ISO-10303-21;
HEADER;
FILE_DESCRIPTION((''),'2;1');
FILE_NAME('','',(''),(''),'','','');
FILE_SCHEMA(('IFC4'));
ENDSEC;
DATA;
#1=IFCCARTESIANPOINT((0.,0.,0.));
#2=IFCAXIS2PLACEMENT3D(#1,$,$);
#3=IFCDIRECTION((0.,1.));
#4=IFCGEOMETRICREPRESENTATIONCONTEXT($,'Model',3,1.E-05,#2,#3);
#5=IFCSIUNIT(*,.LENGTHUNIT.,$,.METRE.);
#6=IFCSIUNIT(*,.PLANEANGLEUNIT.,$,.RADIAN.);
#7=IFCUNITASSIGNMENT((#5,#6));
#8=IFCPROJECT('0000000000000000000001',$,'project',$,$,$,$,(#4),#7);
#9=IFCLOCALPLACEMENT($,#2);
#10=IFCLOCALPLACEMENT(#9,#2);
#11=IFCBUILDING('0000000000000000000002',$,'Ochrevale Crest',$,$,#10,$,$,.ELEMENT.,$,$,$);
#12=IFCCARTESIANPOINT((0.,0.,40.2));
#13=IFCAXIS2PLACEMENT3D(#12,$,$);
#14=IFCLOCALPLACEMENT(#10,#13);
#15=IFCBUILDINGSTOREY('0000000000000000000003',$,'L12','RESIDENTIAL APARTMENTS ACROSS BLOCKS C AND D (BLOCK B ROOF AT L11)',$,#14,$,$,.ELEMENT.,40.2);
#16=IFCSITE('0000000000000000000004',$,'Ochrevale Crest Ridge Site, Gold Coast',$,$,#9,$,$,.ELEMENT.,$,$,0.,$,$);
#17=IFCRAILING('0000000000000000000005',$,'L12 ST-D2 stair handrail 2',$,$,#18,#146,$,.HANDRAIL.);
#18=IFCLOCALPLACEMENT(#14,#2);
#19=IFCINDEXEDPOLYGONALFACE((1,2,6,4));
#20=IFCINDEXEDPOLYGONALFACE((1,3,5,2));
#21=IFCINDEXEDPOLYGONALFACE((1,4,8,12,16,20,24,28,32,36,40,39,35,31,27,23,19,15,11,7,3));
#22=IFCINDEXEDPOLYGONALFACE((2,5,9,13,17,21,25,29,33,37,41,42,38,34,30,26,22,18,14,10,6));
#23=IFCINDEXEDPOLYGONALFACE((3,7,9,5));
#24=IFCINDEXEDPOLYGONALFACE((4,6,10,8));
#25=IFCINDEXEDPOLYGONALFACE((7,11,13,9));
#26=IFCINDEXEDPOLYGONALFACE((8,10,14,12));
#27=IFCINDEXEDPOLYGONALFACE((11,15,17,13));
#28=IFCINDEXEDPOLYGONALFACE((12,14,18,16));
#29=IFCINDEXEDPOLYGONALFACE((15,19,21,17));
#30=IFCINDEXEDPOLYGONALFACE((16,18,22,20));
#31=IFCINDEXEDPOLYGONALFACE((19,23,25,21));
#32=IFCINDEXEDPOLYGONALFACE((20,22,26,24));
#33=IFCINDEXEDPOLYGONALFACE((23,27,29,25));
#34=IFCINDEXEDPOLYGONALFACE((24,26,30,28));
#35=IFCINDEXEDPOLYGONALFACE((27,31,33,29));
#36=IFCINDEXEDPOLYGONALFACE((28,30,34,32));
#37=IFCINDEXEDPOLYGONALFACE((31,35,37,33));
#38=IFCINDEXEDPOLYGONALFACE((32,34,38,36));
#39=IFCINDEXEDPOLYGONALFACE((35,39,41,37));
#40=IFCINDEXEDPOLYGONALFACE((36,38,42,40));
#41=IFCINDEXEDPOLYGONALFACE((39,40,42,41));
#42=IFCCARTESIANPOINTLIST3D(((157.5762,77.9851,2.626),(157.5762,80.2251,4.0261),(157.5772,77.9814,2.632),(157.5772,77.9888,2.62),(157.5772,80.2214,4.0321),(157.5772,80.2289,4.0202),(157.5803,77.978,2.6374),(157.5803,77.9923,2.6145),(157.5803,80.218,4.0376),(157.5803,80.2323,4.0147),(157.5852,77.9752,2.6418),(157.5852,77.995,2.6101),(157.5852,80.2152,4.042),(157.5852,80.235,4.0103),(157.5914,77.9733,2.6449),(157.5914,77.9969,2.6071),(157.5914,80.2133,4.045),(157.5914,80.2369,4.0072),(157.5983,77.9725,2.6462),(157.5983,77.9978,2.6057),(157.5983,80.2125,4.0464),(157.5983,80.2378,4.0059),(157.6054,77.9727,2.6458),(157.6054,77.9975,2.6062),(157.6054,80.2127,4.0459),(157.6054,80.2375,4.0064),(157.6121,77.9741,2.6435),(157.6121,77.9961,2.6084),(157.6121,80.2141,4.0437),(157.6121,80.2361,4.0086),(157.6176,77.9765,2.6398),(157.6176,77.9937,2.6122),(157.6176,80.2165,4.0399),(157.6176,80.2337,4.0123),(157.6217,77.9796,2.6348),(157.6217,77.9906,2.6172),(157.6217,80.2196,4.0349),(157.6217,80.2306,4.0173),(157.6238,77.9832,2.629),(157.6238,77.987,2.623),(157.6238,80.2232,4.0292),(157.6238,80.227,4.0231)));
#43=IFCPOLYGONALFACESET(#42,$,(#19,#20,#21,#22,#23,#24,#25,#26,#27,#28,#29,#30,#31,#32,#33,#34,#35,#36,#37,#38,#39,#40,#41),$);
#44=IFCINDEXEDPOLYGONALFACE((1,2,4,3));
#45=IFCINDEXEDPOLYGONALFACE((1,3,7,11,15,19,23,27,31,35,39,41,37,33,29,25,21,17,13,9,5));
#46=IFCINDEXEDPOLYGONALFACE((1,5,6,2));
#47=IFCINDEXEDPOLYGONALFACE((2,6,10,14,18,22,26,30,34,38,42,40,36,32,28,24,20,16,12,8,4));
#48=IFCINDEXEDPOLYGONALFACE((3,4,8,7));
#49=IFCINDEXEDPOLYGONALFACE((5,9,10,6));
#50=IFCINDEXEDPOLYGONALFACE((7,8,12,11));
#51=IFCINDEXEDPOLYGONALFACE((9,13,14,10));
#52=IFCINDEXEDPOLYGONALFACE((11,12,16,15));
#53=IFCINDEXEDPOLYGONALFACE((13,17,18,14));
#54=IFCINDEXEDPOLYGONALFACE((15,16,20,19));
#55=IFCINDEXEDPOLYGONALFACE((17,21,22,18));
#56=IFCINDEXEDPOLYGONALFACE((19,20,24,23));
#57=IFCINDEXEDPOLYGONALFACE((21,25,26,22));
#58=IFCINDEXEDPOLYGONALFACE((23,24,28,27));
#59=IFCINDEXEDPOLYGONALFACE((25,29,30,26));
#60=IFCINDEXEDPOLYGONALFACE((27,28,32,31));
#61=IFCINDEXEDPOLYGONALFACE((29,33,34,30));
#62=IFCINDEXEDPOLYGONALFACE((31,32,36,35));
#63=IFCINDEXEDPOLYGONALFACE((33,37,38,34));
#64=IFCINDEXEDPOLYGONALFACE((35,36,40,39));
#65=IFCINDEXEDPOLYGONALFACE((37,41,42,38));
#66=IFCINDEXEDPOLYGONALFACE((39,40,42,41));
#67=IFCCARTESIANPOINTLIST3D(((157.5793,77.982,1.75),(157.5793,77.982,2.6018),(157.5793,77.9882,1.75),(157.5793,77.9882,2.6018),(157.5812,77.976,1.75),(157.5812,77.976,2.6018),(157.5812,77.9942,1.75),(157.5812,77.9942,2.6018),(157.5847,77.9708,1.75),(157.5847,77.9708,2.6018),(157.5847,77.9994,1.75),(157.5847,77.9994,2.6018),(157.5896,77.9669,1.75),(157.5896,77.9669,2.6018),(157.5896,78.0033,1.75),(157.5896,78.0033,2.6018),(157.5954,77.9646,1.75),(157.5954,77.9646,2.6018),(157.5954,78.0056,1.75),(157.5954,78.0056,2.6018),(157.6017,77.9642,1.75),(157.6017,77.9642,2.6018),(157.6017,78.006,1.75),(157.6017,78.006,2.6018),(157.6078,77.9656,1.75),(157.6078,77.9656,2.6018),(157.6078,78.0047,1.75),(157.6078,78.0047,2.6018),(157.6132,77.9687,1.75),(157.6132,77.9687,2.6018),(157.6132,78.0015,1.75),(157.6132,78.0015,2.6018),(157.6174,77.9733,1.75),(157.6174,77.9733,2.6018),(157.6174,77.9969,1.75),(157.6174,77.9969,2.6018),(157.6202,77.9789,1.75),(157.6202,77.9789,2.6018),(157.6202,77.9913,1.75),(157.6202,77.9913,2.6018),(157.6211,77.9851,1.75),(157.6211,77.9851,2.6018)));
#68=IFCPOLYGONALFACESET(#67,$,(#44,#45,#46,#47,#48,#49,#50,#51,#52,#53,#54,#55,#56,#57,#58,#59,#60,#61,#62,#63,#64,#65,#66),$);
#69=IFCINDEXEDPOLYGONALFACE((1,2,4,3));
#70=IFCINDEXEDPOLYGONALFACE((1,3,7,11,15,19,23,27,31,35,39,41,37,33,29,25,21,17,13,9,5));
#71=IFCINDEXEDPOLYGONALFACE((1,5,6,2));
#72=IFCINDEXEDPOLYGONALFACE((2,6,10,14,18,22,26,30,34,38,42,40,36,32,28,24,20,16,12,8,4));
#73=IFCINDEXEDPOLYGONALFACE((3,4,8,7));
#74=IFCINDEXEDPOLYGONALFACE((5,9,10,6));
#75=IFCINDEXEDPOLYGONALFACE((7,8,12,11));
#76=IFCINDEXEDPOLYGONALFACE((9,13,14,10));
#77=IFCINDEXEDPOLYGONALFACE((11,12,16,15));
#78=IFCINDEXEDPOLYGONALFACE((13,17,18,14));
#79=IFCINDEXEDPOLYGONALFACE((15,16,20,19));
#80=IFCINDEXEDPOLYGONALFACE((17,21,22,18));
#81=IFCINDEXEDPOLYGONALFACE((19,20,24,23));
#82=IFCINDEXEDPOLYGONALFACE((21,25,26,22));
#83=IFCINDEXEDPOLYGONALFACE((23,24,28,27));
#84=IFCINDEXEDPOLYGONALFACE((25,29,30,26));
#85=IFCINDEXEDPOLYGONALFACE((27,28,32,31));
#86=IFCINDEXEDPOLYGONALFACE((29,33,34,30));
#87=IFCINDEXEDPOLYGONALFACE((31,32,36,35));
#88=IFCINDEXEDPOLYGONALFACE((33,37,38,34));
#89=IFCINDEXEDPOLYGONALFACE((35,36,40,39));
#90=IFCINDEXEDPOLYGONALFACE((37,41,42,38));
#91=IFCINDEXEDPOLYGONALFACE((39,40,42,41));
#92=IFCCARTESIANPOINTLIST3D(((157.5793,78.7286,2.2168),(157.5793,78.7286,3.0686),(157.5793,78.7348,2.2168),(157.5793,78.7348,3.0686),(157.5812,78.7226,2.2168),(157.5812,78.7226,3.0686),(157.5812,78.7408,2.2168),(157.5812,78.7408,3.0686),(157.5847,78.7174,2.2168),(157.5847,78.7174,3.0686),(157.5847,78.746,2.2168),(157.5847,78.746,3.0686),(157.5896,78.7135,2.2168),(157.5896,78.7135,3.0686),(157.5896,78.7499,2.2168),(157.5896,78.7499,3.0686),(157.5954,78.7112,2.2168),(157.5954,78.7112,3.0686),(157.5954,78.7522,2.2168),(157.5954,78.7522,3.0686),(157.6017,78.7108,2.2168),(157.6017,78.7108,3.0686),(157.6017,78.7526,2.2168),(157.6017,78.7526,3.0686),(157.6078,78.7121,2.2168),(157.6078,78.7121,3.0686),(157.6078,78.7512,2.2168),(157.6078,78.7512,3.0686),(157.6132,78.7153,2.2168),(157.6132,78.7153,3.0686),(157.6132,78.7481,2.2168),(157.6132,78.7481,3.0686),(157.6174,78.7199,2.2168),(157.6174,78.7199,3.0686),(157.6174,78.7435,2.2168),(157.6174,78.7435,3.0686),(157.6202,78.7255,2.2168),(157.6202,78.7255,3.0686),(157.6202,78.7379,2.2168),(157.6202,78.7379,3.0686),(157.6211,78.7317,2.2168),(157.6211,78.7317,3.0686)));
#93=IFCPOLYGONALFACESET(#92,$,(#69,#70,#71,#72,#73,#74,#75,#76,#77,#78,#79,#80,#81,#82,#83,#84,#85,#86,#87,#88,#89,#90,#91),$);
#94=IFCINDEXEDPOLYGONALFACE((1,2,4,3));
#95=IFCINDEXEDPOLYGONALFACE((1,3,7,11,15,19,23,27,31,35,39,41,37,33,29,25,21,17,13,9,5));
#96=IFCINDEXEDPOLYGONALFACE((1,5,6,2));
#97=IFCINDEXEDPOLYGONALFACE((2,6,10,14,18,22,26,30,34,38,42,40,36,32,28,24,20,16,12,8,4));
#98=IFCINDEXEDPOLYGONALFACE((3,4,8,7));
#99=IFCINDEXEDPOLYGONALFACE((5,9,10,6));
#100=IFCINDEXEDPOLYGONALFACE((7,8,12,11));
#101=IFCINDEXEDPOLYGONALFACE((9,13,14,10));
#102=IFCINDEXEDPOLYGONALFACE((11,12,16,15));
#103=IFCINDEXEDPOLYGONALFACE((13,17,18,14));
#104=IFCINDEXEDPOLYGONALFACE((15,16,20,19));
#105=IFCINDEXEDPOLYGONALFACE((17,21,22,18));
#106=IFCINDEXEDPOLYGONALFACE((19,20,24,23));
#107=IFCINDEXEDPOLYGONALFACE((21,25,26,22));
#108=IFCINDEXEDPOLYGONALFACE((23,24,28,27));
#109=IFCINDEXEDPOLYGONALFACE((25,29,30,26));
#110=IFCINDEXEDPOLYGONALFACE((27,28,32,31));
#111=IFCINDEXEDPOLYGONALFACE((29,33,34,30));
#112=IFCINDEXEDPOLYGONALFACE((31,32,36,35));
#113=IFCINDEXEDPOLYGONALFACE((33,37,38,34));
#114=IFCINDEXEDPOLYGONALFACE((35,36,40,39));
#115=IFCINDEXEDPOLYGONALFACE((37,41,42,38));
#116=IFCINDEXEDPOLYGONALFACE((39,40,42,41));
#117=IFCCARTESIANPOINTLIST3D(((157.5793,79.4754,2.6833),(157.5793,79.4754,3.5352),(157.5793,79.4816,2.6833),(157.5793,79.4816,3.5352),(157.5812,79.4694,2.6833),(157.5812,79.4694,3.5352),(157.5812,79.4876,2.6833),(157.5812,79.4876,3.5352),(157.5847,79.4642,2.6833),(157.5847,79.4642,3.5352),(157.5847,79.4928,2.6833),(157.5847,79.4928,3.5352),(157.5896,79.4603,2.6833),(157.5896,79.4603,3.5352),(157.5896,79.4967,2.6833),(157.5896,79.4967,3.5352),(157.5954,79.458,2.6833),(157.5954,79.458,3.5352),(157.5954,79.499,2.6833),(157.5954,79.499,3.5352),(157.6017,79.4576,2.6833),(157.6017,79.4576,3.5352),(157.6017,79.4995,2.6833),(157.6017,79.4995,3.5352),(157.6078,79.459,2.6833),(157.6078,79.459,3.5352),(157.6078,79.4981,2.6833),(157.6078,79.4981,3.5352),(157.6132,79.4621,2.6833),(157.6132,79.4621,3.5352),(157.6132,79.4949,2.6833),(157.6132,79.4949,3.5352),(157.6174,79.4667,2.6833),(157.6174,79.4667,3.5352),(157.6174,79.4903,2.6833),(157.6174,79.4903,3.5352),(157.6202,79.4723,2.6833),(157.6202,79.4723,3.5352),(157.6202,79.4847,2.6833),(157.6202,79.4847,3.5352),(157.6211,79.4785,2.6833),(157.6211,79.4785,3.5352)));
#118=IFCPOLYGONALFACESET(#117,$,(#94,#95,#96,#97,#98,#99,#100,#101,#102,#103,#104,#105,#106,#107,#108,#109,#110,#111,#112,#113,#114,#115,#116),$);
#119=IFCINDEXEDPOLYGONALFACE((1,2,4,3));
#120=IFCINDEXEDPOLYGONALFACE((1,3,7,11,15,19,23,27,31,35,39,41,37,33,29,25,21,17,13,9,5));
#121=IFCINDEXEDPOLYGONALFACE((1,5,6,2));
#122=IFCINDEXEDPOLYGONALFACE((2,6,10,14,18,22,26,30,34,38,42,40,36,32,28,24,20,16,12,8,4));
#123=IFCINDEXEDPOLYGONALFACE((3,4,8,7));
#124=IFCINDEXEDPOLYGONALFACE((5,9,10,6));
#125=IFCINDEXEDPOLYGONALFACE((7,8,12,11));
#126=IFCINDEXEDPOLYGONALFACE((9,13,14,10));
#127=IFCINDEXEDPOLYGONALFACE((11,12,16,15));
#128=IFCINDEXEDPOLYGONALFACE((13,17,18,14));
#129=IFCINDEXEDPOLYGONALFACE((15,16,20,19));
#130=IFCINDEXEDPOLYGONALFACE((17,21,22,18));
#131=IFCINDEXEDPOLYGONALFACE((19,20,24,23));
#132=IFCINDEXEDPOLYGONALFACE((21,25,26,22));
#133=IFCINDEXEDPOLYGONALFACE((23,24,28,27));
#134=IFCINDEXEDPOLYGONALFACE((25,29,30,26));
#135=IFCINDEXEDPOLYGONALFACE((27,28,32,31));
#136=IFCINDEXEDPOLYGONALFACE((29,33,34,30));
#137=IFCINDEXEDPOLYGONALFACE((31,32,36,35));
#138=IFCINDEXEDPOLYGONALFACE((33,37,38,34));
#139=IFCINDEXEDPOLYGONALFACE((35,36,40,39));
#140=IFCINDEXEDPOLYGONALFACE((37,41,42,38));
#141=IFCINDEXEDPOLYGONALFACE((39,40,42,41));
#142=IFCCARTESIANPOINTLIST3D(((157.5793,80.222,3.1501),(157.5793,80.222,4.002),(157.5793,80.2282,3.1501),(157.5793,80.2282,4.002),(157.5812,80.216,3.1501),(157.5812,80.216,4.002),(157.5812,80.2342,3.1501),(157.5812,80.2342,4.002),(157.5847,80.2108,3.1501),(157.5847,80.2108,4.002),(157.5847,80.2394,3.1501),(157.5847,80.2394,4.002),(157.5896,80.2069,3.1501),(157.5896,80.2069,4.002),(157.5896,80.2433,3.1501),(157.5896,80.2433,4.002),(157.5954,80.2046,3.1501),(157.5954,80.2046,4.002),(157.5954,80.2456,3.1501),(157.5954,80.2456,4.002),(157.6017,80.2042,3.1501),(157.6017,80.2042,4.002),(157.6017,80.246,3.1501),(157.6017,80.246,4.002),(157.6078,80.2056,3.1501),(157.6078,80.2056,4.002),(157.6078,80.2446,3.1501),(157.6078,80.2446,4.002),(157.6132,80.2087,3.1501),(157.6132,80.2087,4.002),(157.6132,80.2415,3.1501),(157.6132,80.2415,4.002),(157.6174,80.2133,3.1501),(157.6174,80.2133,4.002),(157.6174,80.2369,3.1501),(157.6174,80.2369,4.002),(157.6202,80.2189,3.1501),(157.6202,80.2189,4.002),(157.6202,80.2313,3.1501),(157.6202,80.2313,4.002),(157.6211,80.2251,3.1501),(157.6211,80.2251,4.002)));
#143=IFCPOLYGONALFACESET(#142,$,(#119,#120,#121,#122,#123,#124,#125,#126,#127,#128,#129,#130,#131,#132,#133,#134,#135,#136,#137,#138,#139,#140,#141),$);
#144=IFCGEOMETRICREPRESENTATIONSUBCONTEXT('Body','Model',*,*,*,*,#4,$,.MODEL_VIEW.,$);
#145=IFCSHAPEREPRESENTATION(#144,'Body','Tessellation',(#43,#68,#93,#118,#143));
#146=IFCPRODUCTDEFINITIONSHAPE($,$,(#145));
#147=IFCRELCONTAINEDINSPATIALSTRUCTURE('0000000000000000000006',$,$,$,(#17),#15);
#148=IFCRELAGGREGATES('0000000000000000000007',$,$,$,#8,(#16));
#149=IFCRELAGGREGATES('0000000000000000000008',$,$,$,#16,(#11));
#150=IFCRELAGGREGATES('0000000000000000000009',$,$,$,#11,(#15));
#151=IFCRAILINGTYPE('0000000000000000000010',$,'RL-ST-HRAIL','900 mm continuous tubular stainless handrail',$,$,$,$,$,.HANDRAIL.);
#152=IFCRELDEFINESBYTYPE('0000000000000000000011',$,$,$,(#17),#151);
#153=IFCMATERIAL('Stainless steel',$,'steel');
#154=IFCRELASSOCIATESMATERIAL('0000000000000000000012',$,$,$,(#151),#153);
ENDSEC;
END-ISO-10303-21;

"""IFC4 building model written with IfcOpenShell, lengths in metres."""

from ifc_helpers import new_model, si_unit, direction, frame, origin, origin_2d, place, context, subcontext, project, spatial, circle, extrude, material, type_object, element, save


model = new_model("IFC4")

# Units and contexts
model_context = context("Model", 3, precision=1e-05, world=origin(), true_north=direction((0.0, 1.0)))
body_context = subcontext(model_context, "Body", "Model", "MODEL_VIEW")
ifc_project = project(units=[si_unit("LENGTHUNIT", "METRE"), si_unit("PLANEANGLEUNIT", "RADIAN")], contexts=[model_context])

# Site, building, storey
site_placement = place(None, origin())
site = spatial("IfcSite", under=ifc_project, at=site_placement, Name="Ochrevale Crest Ridge Site, Gold Coast", CompositionType="ELEMENT", RefElevation=0.0)
building_placement = place(site_placement, origin())
building = spatial("IfcBuilding", under=site, at=building_placement, Name="Ochrevale Crest", CompositionType="ELEMENT")
storey_placement = place(building_placement, frame((0.0, 0.0, 40.2)))
storey = spatial("IfcBuildingStorey", under=building, at=storey_placement, Name="L12", Description="RESIDENTIAL APARTMENTS ACROSS BLOCKS C AND D (BLOCK B ROOF AT L11)", CompositionType="ELEMENT", Elevation=40.2)

# Railing
ifc_material_1 = material(Name="Stainless steel", Category="steel")
railing_type_1 = type_object("IfcRailingType", Name="RL-ST-HRAIL", Description="900 mm continuous tubular stainless handrail", PredefinedType="HANDRAIL", material=ifc_material_1)
railing_1_placement = place(storey_placement, frame((157.6001, 77.9851, 1.75)))
element("IfcRailing", 1, at=railing_1_placement, inside=storey, type_object=railing_type_1, Name="L12 ST-D2 stair handrail 2", PredefinedType="HANDRAIL", context=body_context, shape_type="SweptSolid", body=[
    extrude(circle(Radius=0.0239, at=origin_2d()), frame((0.0, 0.0, 0.876), z_axis=(0.0, 0.847972, 0.53004), x_axis=(-1.0, 0.0, 0.0)), (0.0, 0.0, 1.0), 2.6416),
    extrude(circle(Radius=0.021, at=origin_2d()), origin(), (0.0, 0.0, 1.0), 0.8518),
    extrude(circle(Radius=0.021, at=origin_2d()), frame((0.0, 0.7466, 0.4668)), (0.0, 0.0, 1.0), 0.8518),
    extrude(circle(Radius=0.021, at=origin_2d()), frame((0.0, 1.4934, 0.9333)), (0.0, 0.0, 1.0), 0.8518),
    extrude(circle(Radius=0.021, at=origin_2d()), frame((0.0, 2.24, 1.4001)), (0.0, 0.0, 1.0), 0.8518),
])

save(model, "model.ifc")
